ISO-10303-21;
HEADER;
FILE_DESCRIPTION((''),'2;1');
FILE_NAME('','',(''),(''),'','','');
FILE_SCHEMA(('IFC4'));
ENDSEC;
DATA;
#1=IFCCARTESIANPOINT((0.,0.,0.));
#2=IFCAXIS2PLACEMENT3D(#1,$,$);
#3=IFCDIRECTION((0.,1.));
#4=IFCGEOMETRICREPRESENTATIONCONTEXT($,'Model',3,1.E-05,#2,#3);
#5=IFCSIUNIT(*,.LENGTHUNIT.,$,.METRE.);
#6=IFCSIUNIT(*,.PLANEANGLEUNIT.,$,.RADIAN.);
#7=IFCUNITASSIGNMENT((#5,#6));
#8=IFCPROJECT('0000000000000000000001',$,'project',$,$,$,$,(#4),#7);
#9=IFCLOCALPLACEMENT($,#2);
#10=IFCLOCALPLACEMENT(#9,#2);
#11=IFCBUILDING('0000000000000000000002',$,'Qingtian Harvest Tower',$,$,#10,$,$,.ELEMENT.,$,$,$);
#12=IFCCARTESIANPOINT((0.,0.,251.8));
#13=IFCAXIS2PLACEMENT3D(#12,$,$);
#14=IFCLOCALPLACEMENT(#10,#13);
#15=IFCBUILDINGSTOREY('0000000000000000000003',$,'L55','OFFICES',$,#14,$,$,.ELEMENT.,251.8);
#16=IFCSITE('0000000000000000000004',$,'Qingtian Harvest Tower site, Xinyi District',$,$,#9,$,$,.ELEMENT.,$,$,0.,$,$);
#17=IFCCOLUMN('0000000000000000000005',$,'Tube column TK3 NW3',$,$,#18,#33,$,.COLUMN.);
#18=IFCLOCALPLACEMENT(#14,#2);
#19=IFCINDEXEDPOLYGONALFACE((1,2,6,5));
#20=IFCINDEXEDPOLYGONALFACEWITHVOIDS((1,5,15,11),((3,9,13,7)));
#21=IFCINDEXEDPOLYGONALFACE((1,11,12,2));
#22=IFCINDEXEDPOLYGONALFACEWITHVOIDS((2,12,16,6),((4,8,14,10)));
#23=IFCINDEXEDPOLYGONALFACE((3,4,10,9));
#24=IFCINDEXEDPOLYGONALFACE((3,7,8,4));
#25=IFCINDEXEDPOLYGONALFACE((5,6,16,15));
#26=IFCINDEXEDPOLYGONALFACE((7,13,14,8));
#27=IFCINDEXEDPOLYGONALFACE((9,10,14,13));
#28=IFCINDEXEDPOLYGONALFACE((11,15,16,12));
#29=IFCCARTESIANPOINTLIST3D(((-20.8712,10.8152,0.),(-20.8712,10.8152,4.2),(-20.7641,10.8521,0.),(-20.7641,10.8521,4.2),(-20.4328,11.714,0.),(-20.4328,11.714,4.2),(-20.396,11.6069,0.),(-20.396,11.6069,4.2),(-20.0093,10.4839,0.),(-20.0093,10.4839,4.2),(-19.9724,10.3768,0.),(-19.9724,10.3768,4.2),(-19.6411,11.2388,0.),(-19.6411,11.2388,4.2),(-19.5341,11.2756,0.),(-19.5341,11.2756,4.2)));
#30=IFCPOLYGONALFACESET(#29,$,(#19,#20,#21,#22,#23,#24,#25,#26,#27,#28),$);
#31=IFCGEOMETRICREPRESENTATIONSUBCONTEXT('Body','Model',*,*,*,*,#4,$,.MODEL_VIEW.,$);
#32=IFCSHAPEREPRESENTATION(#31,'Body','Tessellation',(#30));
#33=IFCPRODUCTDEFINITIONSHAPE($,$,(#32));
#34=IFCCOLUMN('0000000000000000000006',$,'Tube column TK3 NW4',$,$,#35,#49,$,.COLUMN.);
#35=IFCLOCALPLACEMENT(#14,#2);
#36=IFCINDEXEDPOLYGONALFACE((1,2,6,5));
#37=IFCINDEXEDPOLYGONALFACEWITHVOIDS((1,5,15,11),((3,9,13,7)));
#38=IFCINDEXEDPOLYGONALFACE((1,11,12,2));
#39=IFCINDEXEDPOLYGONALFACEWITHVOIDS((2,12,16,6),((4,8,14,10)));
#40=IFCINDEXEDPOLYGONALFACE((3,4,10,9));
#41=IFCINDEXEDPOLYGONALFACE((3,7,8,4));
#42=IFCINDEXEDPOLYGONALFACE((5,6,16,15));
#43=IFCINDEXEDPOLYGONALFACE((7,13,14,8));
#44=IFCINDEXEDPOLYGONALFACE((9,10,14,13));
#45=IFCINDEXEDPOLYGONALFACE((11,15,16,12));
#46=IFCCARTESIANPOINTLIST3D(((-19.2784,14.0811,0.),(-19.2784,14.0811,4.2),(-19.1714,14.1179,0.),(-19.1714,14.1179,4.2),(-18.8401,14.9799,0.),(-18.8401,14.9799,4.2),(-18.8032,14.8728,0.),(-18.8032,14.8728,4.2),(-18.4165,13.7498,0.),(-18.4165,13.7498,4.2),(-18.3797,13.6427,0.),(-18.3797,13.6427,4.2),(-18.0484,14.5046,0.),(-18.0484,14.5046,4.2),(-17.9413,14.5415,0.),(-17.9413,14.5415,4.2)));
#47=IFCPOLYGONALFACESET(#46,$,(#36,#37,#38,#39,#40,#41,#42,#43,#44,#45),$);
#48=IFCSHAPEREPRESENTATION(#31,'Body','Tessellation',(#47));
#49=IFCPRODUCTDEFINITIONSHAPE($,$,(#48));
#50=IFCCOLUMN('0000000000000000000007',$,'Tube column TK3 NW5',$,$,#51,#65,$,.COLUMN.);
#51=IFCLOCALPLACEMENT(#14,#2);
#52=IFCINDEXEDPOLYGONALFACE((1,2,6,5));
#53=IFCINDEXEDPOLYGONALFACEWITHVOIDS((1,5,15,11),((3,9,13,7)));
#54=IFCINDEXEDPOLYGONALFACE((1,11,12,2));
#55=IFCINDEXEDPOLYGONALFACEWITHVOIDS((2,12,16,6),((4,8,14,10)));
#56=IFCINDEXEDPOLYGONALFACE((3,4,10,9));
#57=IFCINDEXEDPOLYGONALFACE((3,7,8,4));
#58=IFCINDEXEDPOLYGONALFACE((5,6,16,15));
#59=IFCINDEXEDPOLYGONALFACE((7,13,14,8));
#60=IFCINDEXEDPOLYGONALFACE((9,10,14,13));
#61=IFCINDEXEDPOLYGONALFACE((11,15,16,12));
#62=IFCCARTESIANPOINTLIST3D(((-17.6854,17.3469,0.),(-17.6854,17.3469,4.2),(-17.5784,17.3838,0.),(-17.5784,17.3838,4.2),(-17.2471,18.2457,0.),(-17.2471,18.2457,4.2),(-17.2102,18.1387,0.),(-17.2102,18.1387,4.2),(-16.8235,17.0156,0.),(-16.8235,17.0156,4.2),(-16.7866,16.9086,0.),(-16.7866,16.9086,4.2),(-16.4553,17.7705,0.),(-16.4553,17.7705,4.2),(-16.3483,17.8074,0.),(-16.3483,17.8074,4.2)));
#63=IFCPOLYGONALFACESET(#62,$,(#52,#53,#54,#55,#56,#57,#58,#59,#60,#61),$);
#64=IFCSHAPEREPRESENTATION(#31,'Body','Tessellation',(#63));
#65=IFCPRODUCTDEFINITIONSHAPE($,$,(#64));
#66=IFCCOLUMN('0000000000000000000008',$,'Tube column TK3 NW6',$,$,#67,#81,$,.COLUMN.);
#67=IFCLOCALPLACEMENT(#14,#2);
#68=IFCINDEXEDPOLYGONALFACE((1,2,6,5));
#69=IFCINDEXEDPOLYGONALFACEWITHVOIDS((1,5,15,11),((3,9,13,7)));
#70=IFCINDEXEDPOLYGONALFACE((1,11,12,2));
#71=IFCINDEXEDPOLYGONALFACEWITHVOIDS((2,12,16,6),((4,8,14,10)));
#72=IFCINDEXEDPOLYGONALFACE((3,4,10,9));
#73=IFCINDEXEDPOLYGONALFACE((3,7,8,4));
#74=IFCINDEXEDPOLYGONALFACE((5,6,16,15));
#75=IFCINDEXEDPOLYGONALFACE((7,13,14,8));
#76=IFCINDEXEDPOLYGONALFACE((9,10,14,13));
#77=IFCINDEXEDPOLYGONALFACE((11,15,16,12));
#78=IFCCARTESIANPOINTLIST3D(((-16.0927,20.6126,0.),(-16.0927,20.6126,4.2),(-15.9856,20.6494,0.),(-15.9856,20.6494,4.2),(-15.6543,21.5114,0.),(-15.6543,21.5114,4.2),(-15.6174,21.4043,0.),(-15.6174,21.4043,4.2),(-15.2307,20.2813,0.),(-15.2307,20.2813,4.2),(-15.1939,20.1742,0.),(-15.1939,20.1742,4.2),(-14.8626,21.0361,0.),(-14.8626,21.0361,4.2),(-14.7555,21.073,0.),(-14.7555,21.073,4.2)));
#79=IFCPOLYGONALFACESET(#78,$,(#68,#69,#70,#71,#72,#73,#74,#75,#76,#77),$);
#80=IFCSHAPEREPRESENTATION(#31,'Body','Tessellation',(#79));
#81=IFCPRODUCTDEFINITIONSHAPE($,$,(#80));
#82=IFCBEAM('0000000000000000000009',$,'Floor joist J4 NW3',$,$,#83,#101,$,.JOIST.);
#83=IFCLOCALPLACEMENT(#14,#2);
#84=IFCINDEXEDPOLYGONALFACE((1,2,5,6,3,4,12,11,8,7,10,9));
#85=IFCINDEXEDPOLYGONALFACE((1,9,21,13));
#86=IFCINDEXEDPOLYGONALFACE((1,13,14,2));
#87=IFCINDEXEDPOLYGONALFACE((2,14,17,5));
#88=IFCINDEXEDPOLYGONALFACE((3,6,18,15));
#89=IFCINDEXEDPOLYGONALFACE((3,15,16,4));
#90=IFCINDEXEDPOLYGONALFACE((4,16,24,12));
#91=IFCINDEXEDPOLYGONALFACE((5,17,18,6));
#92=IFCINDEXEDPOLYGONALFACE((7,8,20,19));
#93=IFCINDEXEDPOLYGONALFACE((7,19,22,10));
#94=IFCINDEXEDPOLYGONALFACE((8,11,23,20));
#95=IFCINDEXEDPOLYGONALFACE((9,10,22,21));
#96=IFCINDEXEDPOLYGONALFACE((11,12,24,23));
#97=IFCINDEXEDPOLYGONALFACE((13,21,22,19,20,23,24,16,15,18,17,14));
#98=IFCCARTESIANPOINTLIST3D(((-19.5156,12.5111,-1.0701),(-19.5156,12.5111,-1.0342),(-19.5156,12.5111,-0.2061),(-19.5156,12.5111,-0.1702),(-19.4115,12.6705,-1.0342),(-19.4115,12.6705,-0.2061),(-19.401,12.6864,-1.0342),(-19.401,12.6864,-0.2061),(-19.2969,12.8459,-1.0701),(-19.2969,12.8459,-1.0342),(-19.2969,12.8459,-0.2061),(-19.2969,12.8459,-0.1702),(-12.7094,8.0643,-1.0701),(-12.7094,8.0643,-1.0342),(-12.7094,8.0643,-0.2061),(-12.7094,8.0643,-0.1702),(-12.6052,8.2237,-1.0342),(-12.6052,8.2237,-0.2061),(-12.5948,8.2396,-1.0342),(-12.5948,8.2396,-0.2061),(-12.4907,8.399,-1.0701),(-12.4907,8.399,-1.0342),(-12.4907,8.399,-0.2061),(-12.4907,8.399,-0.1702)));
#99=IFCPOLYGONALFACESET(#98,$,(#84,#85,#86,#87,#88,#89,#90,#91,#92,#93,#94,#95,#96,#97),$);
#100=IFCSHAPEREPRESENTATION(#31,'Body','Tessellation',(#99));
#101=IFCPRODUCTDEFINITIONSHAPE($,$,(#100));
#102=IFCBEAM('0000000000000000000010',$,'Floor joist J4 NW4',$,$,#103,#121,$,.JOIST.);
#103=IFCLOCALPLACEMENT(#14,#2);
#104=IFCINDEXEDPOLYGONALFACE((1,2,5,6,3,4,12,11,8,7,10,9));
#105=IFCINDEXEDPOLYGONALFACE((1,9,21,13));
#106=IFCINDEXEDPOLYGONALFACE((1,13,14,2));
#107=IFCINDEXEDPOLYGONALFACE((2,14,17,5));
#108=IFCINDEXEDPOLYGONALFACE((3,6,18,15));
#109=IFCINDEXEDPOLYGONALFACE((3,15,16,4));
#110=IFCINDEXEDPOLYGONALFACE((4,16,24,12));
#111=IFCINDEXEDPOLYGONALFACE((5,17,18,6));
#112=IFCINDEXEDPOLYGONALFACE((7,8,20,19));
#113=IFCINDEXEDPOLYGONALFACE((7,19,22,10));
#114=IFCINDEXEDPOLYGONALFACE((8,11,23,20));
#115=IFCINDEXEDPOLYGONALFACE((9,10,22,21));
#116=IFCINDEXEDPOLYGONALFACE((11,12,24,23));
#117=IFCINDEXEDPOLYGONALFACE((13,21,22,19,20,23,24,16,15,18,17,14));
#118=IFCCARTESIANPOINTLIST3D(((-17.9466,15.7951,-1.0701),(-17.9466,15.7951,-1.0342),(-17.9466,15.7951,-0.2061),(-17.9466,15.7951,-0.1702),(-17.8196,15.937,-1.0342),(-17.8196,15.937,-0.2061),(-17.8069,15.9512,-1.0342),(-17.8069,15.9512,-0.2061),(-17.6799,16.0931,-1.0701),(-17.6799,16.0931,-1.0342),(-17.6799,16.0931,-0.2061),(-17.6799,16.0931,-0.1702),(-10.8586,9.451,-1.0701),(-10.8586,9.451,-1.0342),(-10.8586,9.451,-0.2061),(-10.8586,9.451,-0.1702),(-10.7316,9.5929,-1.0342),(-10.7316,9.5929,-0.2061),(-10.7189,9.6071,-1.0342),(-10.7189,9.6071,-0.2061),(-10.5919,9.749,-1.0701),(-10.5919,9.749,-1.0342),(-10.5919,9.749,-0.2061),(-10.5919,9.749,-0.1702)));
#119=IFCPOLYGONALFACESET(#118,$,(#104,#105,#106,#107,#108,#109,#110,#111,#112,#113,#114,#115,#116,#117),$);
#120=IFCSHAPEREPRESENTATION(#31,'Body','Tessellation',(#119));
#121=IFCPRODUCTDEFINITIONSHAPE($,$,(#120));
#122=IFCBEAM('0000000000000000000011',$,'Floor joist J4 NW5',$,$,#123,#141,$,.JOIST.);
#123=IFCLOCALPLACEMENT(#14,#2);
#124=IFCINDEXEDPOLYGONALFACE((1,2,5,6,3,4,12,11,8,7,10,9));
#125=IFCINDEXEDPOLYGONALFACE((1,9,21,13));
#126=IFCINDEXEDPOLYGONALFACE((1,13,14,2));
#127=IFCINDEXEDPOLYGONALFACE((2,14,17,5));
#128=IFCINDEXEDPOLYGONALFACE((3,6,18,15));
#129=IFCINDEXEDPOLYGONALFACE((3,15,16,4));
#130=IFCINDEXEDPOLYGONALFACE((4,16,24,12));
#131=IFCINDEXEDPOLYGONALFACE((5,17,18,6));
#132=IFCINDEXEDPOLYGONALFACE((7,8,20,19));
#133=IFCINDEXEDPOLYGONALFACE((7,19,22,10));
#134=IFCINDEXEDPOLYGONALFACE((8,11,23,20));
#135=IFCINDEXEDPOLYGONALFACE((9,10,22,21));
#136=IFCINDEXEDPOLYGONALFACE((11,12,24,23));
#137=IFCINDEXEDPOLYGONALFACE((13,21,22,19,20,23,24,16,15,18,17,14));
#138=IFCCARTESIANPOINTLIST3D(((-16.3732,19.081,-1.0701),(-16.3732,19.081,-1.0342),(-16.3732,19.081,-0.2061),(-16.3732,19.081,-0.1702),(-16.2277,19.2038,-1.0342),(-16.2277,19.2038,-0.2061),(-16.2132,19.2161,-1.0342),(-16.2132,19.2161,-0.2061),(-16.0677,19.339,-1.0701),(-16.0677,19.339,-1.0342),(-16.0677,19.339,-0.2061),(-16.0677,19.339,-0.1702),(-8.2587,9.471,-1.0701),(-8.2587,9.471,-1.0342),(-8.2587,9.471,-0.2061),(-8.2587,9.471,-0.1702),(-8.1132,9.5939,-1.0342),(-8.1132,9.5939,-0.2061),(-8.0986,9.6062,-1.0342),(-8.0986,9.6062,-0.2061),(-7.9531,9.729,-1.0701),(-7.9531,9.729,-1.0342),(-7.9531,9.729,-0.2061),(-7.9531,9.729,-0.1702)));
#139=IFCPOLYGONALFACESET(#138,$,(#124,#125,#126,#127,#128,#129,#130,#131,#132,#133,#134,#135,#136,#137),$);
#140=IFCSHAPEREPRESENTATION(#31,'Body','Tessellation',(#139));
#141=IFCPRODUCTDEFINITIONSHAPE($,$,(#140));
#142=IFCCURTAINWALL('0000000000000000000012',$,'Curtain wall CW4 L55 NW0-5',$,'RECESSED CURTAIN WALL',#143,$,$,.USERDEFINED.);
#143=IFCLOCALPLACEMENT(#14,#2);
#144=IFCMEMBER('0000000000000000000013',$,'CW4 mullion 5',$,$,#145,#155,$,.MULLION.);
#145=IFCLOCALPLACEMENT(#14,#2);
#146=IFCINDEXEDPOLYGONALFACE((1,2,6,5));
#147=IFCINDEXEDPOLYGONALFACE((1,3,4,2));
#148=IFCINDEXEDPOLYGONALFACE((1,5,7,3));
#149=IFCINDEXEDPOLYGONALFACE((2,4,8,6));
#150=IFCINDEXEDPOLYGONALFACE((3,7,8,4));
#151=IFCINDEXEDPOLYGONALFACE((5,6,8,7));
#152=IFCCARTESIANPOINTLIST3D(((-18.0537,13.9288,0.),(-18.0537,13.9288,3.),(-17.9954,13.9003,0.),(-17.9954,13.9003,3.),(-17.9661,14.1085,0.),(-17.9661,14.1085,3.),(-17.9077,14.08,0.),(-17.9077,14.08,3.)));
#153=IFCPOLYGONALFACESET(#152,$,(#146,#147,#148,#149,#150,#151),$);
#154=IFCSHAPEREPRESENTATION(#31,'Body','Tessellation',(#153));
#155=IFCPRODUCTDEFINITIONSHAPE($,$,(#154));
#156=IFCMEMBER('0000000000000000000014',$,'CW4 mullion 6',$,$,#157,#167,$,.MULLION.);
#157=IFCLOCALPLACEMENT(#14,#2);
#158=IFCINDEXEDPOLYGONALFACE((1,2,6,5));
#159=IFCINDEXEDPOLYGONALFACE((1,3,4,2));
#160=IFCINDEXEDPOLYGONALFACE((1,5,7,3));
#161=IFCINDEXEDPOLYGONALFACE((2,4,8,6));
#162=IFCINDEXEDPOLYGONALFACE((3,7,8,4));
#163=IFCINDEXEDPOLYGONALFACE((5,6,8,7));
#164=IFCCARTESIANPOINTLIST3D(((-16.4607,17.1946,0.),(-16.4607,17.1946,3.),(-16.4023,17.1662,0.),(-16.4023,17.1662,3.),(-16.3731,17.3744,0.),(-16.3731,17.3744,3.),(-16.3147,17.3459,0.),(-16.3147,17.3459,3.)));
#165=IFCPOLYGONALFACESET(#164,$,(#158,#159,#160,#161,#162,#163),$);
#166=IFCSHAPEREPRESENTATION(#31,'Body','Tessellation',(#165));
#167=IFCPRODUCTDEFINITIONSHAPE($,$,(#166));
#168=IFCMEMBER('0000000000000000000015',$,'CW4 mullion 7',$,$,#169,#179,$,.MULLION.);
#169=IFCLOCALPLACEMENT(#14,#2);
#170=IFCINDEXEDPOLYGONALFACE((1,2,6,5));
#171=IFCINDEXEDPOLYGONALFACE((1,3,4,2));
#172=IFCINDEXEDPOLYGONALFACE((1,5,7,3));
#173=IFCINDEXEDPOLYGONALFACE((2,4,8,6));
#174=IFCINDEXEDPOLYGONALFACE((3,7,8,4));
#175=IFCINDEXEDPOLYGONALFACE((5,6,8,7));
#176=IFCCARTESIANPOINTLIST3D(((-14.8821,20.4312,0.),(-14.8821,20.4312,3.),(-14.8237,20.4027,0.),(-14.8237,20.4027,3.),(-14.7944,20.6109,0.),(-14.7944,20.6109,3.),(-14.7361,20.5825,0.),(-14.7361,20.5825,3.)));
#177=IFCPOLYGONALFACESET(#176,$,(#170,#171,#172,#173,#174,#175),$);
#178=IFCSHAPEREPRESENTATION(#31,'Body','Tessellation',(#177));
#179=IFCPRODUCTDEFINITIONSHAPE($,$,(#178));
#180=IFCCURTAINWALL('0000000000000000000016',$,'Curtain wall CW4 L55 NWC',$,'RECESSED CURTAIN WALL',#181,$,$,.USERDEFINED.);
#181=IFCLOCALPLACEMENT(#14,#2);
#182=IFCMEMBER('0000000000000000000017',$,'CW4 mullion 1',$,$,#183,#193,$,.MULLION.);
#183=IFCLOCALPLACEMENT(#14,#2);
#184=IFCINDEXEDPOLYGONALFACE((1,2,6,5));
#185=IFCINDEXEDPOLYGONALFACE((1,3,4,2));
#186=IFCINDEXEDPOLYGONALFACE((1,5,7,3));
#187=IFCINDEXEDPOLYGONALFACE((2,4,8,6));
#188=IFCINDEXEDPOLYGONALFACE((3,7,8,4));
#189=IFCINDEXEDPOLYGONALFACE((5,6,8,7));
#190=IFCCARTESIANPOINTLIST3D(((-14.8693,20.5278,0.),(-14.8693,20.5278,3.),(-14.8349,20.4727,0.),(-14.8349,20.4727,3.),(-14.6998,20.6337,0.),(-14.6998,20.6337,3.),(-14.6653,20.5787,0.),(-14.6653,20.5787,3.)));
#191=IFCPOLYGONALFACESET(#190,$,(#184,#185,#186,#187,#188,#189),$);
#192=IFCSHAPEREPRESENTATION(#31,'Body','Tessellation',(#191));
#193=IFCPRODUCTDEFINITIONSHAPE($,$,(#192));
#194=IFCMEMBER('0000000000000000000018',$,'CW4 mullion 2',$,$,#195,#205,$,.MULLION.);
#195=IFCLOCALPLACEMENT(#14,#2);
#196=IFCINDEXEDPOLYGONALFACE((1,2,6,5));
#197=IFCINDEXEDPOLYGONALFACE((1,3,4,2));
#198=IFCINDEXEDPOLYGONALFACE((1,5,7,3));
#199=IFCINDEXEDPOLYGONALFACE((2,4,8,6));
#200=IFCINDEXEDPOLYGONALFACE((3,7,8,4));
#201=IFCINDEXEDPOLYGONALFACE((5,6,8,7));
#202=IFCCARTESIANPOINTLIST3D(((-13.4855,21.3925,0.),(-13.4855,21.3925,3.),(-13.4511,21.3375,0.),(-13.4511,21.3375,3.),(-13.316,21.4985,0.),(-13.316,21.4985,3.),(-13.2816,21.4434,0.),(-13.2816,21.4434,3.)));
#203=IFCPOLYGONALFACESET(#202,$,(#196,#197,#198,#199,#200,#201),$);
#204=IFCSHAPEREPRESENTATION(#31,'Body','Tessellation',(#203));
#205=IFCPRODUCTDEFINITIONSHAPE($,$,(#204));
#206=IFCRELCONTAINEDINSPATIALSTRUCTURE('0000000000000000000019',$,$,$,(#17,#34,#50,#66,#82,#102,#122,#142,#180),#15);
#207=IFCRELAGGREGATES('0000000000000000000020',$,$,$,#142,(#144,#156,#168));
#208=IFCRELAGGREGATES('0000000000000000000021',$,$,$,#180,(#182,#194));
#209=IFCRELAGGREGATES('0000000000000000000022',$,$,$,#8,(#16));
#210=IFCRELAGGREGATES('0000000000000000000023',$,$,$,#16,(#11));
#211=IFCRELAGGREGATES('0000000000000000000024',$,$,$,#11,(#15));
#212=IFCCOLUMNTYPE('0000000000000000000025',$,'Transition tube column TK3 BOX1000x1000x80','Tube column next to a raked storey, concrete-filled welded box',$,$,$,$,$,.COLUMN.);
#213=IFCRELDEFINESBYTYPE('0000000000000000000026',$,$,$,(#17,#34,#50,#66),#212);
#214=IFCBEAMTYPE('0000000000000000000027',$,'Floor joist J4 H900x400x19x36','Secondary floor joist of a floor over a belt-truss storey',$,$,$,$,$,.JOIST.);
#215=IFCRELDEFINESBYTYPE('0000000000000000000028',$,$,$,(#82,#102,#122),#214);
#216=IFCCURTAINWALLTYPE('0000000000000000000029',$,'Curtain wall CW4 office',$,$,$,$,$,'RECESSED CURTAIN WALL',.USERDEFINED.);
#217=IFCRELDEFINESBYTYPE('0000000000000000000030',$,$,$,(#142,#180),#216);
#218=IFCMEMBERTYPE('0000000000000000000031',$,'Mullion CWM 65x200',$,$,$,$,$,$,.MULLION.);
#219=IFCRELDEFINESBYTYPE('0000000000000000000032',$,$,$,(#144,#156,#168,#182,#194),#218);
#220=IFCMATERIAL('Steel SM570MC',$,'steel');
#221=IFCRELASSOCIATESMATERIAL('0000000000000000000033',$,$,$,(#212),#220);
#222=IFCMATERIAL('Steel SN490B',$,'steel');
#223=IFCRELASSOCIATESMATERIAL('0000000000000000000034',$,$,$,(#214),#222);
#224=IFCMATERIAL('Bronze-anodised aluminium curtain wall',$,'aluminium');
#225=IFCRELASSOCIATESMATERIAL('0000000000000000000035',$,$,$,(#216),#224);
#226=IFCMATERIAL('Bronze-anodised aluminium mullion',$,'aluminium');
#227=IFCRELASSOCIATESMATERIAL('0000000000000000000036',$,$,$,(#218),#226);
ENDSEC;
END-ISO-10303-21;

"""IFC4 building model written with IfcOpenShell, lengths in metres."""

from ifc_helpers import new_model, si_unit, direction, frame, origin, origin_2d, place, context, subcontext, project, spatial, rectangle, hollow_rectangle, i_section, extrude, material, material_profile, profile_set, type_object, element, aggregate, save


model = new_model("IFC4")

# Units and contexts
model_context = context("Model", 3, precision=1e-05, world=origin(), true_north=direction((0.0, 1.0)))
body_context = subcontext(model_context, "Body", "Model", "MODEL_VIEW")
ifc_project = project(units=[si_unit("LENGTHUNIT", "METRE"), si_unit("PLANEANGLEUNIT", "RADIAN")], contexts=[model_context])

# Site, building, storey
site_placement = place(None, origin())
site = spatial("IfcSite", under=ifc_project, at=site_placement, Name="Qingtian Harvest Tower site, Xinyi District", CompositionType="ELEMENT", RefElevation=0.0)
building_placement = place(site_placement, origin())
building = spatial("IfcBuilding", under=site, at=building_placement, Name="Qingtian Harvest Tower", CompositionType="ELEMENT")
storey_placement = place(building_placement, frame((0.0, 0.0, 251.8)))
storey = spatial("IfcBuildingStorey", under=building, at=storey_placement, Name="L55", Description="OFFICES", CompositionType="ELEMENT", Elevation=251.8)

# Columns
ifc_material_1 = material(Name="Steel SM570MC", Category="steel")
ifc_material_profile_1 = material_profile(ifc_material_1, hollow_rectangle(XDim=1.0, YDim=1.0, WallThickness=0.0801, at=origin_2d()), Name="BOX1000x1000x80")
ifc_profile_set_1 = profile_set([ifc_material_profile_1], Name="Steel SM570MC")
column_type = type_object("IfcColumnType", Name="Transition tube column TK3 BOX1000x1000x80", Description="Tube column next to a raked storey, concrete-filled welded box", PredefinedType="COLUMN", material=ifc_profile_set_1)
for number, where, z_axis, x_axis, name in (
    (1, (-20.2026, 11.0454, 0.0), (0.0, 0.0, 1.0), (-0.438371, -0.898794, 0.0), "Tube column TK3 NW3"),
    (2, (-18.6099, 14.3113, 0.0), (0.0, 0.0, 1.0), (-0.438371, -0.898794, 0.0), "Tube column TK3 NW4"),
    (3, (-17.0168, 17.5771, 0.0), (0.0, 0.0, 1.0), (-0.438371, -0.898794, 0.0), "Tube column TK3 NW5"),
    (4, (-15.4241, 20.8428, 0.0), (0.0, 0.0, 1.0), (-0.438371, -0.898794, 0.0), "Tube column TK3 NW6"),
):
    element("IfcColumn", number, at=place(storey_placement, frame(where, z_axis=z_axis, x_axis=x_axis)), inside=storey, type_object=column_type, Name=name, PredefinedType="COLUMN", context=body_context, shape_type="SweptSolid", body=[
        extrude(hollow_rectangle(XDim=1.0, YDim=1.0, WallThickness=0.0801, at=origin_2d()), origin(), (0.0, 0.0, 1.0), 4.2),
    ])

# Beams
ifc_material_2 = material(Name="Steel SN490B", Category="steel")
ifc_material_profile_2 = material_profile(ifc_material_2, i_section(OverallWidth=0.3999, OverallDepth=0.8999, WebThickness=0.019, FlangeThickness=0.0359, at=origin_2d()), Name="H900x400x19x36")
ifc_profile_set_2 = profile_set([ifc_material_profile_2], Name="Steel SN490B")
beam_type_1 = type_object("IfcBeamType", Name="Floor joist J4 H900x400x19x36", Description="Secondary floor joist of a floor over a belt-truss storey", PredefinedType="JOIST", material=ifc_profile_set_2)
beam_1_placement = place(storey_placement, frame((-19.4062, 12.6785, -0.6201), z_axis=(0.837161, -0.546956, 0.0), x_axis=(0.546956, 0.837161, 0.0)))
element("IfcBeam", 5, at=beam_1_placement, inside=storey, type_object=beam_type_1, Name="Floor joist J4 NW3", PredefinedType="JOIST", context=body_context, shape_type="SweptSolid", body=[
    extrude(i_section(OverallWidth=0.3999, OverallDepth=0.8999, WebThickness=0.019, FlangeThickness=0.0359, at=origin_2d()), origin(), (0.0, 0.0, 1.0), 8.1301),
])
beam_2_placement = place(storey_placement, frame((-17.8132, 15.9441, -0.6201), z_axis=(0.745127, -0.666923, 0.0), x_axis=(0.666923, 0.745127, 0.0)))
element("IfcBeam", 6, at=beam_2_placement, inside=storey, type_object=beam_type_1, Name="Floor joist J4 NW4", PredefinedType="JOIST", context=body_context, shape_type="SweptSolid", body=[
    extrude(i_section(OverallWidth=0.3999, OverallDepth=0.8999, WebThickness=0.019, FlangeThickness=0.0359, at=origin_2d()), origin(), (0.0, 0.0, 1.0), 9.5125),
])
beam_3_placement = place(storey_placement, frame((-16.2205, 19.21, -0.6201), z_axis=(0.645158, -0.764049, 0.0), x_axis=(0.764049, 0.645158, 0.0)))
element("IfcBeam", 7, at=beam_3_placement, inside=storey, type_object=beam_type_1, Name="Floor joist J4 NW5", PredefinedType="JOIST", context=body_context, shape_type="SweptSolid", body=[
    extrude(i_section(OverallWidth=0.3999, OverallDepth=0.8999, WebThickness=0.019, FlangeThickness=0.0359, at=origin_2d()), origin(), (0.0, 0.0, 1.0), 12.5776),
])

# Curtain walls, members
ifc_material_3 = material(Name="Bronze-anodised aluminium curtain wall", Category="aluminium")
curtain_wall_type = type_object("IfcCurtainWallType", Name="Curtain wall CW4 office", ElementType="RECESSED CURTAIN WALL", PredefinedType="USERDEFINED", material=ifc_material_3)
curtain_wall_1_placement = place(storey_placement, origin())
curtain_wall_1 = element("IfcCurtainWall", 8, at=curtain_wall_1_placement, inside=storey, type_object=curtain_wall_type, Name="Curtain wall CW4 L55 NW0-5", ObjectType="RECESSED CURTAIN WALL", PredefinedType="USERDEFINED")
ifc_material_4 = material(Name="Bronze-anodised aluminium mullion", Category="aluminium")
ifc_material_profile_3 = material_profile(ifc_material_4, rectangle(XDim=0.0649, YDim=0.2, at=origin_2d()), Name="AL 65x200")
ifc_profile_set_3 = profile_set([ifc_material_profile_3], Name="Bronze-anodised aluminium mullion")
member_type_1 = type_object("IfcMemberType", Name="Mullion CWM 65x200", PredefinedType="MULLION", material=ifc_profile_set_3)
member_1_placement = place(storey_placement, frame((-17.9807, 14.0044, 0.0), z_axis=(0.0, 0.0, 1.0), x_axis=(-0.898794, 0.438371, 0.0)))
member_1 = element("IfcMember", 9, at=member_1_placement, type_object=member_type_1, Name="CW4 mullion 5", PredefinedType="MULLION", context=body_context, shape_type="SweptSolid", body=[
    extrude(rectangle(XDim=0.0649, YDim=0.2, at=origin_2d()), origin(), (0.0, 0.0, 1.0), 3.0),
])
member_2_placement = place(storey_placement, frame((-16.3877, 17.2703, 0.0), z_axis=(0.0, 0.0, 1.0), x_axis=(-0.898794, 0.438371, 0.0)))
member_2 = element("IfcMember", 10, at=member_2_placement, type_object=member_type_1, Name="CW4 mullion 6", PredefinedType="MULLION", context=body_context, shape_type="SweptSolid", body=[
    extrude(rectangle(XDim=0.0649, YDim=0.2, at=origin_2d()), origin(), (0.0, 0.0, 1.0), 3.0),
])
member_3_placement = place(storey_placement, frame((-14.8091, 20.5068, 0.0), z_axis=(0.0, 0.0, 1.0), x_axis=(-0.898794, 0.438371, 0.0)))
member_3 = element("IfcMember", 11, at=member_3_placement, type_object=member_type_1, Name="CW4 mullion 7", PredefinedType="MULLION", context=body_context, shape_type="SweptSolid", body=[
    extrude(rectangle(XDim=0.0649, YDim=0.2, at=origin_2d()), origin(), (0.0, 0.0, 1.0), 3.0),
])
curtain_wall_2_placement = place(storey_placement, origin())
curtain_wall_2 = element("IfcCurtainWall", 12, at=curtain_wall_2_placement, inside=storey, type_object=curtain_wall_type, Name="Curtain wall CW4 L55 NWC", ObjectType="RECESSED CURTAIN WALL", PredefinedType="USERDEFINED")
member_4_placement = place(storey_placement, frame((-14.7673, 20.5532, 0.0), z_axis=(0.0, 0.0, 1.0), x_axis=(-0.529919, 0.848048, 0.0)))
member_4 = element("IfcMember", 13, at=member_4_placement, type_object=member_type_1, Name="CW4 mullion 1", PredefinedType="MULLION", context=body_context, shape_type="SweptSolid", body=[
    extrude(rectangle(XDim=0.0649, YDim=0.2, at=origin_2d()), origin(), (0.0, 0.0, 1.0), 3.0),
])
member_5_placement = place(storey_placement, frame((-13.3835, 21.418, 0.0), z_axis=(0.0, 0.0, 1.0), x_axis=(-0.529919, 0.848048, 0.0)))
member_5 = element("IfcMember", 14, at=member_5_placement, type_object=member_type_1, Name="CW4 mullion 2", PredefinedType="MULLION", context=body_context, shape_type="SweptSolid", body=[
    extrude(rectangle(XDim=0.0649, YDim=0.2, at=origin_2d()), origin(), (0.0, 0.0, 1.0), 3.0),
])

aggregate(curtain_wall_1, [member_1, member_2, member_3])
aggregate(curtain_wall_2, [member_4, member_5])

save(model, "model.ifc")
